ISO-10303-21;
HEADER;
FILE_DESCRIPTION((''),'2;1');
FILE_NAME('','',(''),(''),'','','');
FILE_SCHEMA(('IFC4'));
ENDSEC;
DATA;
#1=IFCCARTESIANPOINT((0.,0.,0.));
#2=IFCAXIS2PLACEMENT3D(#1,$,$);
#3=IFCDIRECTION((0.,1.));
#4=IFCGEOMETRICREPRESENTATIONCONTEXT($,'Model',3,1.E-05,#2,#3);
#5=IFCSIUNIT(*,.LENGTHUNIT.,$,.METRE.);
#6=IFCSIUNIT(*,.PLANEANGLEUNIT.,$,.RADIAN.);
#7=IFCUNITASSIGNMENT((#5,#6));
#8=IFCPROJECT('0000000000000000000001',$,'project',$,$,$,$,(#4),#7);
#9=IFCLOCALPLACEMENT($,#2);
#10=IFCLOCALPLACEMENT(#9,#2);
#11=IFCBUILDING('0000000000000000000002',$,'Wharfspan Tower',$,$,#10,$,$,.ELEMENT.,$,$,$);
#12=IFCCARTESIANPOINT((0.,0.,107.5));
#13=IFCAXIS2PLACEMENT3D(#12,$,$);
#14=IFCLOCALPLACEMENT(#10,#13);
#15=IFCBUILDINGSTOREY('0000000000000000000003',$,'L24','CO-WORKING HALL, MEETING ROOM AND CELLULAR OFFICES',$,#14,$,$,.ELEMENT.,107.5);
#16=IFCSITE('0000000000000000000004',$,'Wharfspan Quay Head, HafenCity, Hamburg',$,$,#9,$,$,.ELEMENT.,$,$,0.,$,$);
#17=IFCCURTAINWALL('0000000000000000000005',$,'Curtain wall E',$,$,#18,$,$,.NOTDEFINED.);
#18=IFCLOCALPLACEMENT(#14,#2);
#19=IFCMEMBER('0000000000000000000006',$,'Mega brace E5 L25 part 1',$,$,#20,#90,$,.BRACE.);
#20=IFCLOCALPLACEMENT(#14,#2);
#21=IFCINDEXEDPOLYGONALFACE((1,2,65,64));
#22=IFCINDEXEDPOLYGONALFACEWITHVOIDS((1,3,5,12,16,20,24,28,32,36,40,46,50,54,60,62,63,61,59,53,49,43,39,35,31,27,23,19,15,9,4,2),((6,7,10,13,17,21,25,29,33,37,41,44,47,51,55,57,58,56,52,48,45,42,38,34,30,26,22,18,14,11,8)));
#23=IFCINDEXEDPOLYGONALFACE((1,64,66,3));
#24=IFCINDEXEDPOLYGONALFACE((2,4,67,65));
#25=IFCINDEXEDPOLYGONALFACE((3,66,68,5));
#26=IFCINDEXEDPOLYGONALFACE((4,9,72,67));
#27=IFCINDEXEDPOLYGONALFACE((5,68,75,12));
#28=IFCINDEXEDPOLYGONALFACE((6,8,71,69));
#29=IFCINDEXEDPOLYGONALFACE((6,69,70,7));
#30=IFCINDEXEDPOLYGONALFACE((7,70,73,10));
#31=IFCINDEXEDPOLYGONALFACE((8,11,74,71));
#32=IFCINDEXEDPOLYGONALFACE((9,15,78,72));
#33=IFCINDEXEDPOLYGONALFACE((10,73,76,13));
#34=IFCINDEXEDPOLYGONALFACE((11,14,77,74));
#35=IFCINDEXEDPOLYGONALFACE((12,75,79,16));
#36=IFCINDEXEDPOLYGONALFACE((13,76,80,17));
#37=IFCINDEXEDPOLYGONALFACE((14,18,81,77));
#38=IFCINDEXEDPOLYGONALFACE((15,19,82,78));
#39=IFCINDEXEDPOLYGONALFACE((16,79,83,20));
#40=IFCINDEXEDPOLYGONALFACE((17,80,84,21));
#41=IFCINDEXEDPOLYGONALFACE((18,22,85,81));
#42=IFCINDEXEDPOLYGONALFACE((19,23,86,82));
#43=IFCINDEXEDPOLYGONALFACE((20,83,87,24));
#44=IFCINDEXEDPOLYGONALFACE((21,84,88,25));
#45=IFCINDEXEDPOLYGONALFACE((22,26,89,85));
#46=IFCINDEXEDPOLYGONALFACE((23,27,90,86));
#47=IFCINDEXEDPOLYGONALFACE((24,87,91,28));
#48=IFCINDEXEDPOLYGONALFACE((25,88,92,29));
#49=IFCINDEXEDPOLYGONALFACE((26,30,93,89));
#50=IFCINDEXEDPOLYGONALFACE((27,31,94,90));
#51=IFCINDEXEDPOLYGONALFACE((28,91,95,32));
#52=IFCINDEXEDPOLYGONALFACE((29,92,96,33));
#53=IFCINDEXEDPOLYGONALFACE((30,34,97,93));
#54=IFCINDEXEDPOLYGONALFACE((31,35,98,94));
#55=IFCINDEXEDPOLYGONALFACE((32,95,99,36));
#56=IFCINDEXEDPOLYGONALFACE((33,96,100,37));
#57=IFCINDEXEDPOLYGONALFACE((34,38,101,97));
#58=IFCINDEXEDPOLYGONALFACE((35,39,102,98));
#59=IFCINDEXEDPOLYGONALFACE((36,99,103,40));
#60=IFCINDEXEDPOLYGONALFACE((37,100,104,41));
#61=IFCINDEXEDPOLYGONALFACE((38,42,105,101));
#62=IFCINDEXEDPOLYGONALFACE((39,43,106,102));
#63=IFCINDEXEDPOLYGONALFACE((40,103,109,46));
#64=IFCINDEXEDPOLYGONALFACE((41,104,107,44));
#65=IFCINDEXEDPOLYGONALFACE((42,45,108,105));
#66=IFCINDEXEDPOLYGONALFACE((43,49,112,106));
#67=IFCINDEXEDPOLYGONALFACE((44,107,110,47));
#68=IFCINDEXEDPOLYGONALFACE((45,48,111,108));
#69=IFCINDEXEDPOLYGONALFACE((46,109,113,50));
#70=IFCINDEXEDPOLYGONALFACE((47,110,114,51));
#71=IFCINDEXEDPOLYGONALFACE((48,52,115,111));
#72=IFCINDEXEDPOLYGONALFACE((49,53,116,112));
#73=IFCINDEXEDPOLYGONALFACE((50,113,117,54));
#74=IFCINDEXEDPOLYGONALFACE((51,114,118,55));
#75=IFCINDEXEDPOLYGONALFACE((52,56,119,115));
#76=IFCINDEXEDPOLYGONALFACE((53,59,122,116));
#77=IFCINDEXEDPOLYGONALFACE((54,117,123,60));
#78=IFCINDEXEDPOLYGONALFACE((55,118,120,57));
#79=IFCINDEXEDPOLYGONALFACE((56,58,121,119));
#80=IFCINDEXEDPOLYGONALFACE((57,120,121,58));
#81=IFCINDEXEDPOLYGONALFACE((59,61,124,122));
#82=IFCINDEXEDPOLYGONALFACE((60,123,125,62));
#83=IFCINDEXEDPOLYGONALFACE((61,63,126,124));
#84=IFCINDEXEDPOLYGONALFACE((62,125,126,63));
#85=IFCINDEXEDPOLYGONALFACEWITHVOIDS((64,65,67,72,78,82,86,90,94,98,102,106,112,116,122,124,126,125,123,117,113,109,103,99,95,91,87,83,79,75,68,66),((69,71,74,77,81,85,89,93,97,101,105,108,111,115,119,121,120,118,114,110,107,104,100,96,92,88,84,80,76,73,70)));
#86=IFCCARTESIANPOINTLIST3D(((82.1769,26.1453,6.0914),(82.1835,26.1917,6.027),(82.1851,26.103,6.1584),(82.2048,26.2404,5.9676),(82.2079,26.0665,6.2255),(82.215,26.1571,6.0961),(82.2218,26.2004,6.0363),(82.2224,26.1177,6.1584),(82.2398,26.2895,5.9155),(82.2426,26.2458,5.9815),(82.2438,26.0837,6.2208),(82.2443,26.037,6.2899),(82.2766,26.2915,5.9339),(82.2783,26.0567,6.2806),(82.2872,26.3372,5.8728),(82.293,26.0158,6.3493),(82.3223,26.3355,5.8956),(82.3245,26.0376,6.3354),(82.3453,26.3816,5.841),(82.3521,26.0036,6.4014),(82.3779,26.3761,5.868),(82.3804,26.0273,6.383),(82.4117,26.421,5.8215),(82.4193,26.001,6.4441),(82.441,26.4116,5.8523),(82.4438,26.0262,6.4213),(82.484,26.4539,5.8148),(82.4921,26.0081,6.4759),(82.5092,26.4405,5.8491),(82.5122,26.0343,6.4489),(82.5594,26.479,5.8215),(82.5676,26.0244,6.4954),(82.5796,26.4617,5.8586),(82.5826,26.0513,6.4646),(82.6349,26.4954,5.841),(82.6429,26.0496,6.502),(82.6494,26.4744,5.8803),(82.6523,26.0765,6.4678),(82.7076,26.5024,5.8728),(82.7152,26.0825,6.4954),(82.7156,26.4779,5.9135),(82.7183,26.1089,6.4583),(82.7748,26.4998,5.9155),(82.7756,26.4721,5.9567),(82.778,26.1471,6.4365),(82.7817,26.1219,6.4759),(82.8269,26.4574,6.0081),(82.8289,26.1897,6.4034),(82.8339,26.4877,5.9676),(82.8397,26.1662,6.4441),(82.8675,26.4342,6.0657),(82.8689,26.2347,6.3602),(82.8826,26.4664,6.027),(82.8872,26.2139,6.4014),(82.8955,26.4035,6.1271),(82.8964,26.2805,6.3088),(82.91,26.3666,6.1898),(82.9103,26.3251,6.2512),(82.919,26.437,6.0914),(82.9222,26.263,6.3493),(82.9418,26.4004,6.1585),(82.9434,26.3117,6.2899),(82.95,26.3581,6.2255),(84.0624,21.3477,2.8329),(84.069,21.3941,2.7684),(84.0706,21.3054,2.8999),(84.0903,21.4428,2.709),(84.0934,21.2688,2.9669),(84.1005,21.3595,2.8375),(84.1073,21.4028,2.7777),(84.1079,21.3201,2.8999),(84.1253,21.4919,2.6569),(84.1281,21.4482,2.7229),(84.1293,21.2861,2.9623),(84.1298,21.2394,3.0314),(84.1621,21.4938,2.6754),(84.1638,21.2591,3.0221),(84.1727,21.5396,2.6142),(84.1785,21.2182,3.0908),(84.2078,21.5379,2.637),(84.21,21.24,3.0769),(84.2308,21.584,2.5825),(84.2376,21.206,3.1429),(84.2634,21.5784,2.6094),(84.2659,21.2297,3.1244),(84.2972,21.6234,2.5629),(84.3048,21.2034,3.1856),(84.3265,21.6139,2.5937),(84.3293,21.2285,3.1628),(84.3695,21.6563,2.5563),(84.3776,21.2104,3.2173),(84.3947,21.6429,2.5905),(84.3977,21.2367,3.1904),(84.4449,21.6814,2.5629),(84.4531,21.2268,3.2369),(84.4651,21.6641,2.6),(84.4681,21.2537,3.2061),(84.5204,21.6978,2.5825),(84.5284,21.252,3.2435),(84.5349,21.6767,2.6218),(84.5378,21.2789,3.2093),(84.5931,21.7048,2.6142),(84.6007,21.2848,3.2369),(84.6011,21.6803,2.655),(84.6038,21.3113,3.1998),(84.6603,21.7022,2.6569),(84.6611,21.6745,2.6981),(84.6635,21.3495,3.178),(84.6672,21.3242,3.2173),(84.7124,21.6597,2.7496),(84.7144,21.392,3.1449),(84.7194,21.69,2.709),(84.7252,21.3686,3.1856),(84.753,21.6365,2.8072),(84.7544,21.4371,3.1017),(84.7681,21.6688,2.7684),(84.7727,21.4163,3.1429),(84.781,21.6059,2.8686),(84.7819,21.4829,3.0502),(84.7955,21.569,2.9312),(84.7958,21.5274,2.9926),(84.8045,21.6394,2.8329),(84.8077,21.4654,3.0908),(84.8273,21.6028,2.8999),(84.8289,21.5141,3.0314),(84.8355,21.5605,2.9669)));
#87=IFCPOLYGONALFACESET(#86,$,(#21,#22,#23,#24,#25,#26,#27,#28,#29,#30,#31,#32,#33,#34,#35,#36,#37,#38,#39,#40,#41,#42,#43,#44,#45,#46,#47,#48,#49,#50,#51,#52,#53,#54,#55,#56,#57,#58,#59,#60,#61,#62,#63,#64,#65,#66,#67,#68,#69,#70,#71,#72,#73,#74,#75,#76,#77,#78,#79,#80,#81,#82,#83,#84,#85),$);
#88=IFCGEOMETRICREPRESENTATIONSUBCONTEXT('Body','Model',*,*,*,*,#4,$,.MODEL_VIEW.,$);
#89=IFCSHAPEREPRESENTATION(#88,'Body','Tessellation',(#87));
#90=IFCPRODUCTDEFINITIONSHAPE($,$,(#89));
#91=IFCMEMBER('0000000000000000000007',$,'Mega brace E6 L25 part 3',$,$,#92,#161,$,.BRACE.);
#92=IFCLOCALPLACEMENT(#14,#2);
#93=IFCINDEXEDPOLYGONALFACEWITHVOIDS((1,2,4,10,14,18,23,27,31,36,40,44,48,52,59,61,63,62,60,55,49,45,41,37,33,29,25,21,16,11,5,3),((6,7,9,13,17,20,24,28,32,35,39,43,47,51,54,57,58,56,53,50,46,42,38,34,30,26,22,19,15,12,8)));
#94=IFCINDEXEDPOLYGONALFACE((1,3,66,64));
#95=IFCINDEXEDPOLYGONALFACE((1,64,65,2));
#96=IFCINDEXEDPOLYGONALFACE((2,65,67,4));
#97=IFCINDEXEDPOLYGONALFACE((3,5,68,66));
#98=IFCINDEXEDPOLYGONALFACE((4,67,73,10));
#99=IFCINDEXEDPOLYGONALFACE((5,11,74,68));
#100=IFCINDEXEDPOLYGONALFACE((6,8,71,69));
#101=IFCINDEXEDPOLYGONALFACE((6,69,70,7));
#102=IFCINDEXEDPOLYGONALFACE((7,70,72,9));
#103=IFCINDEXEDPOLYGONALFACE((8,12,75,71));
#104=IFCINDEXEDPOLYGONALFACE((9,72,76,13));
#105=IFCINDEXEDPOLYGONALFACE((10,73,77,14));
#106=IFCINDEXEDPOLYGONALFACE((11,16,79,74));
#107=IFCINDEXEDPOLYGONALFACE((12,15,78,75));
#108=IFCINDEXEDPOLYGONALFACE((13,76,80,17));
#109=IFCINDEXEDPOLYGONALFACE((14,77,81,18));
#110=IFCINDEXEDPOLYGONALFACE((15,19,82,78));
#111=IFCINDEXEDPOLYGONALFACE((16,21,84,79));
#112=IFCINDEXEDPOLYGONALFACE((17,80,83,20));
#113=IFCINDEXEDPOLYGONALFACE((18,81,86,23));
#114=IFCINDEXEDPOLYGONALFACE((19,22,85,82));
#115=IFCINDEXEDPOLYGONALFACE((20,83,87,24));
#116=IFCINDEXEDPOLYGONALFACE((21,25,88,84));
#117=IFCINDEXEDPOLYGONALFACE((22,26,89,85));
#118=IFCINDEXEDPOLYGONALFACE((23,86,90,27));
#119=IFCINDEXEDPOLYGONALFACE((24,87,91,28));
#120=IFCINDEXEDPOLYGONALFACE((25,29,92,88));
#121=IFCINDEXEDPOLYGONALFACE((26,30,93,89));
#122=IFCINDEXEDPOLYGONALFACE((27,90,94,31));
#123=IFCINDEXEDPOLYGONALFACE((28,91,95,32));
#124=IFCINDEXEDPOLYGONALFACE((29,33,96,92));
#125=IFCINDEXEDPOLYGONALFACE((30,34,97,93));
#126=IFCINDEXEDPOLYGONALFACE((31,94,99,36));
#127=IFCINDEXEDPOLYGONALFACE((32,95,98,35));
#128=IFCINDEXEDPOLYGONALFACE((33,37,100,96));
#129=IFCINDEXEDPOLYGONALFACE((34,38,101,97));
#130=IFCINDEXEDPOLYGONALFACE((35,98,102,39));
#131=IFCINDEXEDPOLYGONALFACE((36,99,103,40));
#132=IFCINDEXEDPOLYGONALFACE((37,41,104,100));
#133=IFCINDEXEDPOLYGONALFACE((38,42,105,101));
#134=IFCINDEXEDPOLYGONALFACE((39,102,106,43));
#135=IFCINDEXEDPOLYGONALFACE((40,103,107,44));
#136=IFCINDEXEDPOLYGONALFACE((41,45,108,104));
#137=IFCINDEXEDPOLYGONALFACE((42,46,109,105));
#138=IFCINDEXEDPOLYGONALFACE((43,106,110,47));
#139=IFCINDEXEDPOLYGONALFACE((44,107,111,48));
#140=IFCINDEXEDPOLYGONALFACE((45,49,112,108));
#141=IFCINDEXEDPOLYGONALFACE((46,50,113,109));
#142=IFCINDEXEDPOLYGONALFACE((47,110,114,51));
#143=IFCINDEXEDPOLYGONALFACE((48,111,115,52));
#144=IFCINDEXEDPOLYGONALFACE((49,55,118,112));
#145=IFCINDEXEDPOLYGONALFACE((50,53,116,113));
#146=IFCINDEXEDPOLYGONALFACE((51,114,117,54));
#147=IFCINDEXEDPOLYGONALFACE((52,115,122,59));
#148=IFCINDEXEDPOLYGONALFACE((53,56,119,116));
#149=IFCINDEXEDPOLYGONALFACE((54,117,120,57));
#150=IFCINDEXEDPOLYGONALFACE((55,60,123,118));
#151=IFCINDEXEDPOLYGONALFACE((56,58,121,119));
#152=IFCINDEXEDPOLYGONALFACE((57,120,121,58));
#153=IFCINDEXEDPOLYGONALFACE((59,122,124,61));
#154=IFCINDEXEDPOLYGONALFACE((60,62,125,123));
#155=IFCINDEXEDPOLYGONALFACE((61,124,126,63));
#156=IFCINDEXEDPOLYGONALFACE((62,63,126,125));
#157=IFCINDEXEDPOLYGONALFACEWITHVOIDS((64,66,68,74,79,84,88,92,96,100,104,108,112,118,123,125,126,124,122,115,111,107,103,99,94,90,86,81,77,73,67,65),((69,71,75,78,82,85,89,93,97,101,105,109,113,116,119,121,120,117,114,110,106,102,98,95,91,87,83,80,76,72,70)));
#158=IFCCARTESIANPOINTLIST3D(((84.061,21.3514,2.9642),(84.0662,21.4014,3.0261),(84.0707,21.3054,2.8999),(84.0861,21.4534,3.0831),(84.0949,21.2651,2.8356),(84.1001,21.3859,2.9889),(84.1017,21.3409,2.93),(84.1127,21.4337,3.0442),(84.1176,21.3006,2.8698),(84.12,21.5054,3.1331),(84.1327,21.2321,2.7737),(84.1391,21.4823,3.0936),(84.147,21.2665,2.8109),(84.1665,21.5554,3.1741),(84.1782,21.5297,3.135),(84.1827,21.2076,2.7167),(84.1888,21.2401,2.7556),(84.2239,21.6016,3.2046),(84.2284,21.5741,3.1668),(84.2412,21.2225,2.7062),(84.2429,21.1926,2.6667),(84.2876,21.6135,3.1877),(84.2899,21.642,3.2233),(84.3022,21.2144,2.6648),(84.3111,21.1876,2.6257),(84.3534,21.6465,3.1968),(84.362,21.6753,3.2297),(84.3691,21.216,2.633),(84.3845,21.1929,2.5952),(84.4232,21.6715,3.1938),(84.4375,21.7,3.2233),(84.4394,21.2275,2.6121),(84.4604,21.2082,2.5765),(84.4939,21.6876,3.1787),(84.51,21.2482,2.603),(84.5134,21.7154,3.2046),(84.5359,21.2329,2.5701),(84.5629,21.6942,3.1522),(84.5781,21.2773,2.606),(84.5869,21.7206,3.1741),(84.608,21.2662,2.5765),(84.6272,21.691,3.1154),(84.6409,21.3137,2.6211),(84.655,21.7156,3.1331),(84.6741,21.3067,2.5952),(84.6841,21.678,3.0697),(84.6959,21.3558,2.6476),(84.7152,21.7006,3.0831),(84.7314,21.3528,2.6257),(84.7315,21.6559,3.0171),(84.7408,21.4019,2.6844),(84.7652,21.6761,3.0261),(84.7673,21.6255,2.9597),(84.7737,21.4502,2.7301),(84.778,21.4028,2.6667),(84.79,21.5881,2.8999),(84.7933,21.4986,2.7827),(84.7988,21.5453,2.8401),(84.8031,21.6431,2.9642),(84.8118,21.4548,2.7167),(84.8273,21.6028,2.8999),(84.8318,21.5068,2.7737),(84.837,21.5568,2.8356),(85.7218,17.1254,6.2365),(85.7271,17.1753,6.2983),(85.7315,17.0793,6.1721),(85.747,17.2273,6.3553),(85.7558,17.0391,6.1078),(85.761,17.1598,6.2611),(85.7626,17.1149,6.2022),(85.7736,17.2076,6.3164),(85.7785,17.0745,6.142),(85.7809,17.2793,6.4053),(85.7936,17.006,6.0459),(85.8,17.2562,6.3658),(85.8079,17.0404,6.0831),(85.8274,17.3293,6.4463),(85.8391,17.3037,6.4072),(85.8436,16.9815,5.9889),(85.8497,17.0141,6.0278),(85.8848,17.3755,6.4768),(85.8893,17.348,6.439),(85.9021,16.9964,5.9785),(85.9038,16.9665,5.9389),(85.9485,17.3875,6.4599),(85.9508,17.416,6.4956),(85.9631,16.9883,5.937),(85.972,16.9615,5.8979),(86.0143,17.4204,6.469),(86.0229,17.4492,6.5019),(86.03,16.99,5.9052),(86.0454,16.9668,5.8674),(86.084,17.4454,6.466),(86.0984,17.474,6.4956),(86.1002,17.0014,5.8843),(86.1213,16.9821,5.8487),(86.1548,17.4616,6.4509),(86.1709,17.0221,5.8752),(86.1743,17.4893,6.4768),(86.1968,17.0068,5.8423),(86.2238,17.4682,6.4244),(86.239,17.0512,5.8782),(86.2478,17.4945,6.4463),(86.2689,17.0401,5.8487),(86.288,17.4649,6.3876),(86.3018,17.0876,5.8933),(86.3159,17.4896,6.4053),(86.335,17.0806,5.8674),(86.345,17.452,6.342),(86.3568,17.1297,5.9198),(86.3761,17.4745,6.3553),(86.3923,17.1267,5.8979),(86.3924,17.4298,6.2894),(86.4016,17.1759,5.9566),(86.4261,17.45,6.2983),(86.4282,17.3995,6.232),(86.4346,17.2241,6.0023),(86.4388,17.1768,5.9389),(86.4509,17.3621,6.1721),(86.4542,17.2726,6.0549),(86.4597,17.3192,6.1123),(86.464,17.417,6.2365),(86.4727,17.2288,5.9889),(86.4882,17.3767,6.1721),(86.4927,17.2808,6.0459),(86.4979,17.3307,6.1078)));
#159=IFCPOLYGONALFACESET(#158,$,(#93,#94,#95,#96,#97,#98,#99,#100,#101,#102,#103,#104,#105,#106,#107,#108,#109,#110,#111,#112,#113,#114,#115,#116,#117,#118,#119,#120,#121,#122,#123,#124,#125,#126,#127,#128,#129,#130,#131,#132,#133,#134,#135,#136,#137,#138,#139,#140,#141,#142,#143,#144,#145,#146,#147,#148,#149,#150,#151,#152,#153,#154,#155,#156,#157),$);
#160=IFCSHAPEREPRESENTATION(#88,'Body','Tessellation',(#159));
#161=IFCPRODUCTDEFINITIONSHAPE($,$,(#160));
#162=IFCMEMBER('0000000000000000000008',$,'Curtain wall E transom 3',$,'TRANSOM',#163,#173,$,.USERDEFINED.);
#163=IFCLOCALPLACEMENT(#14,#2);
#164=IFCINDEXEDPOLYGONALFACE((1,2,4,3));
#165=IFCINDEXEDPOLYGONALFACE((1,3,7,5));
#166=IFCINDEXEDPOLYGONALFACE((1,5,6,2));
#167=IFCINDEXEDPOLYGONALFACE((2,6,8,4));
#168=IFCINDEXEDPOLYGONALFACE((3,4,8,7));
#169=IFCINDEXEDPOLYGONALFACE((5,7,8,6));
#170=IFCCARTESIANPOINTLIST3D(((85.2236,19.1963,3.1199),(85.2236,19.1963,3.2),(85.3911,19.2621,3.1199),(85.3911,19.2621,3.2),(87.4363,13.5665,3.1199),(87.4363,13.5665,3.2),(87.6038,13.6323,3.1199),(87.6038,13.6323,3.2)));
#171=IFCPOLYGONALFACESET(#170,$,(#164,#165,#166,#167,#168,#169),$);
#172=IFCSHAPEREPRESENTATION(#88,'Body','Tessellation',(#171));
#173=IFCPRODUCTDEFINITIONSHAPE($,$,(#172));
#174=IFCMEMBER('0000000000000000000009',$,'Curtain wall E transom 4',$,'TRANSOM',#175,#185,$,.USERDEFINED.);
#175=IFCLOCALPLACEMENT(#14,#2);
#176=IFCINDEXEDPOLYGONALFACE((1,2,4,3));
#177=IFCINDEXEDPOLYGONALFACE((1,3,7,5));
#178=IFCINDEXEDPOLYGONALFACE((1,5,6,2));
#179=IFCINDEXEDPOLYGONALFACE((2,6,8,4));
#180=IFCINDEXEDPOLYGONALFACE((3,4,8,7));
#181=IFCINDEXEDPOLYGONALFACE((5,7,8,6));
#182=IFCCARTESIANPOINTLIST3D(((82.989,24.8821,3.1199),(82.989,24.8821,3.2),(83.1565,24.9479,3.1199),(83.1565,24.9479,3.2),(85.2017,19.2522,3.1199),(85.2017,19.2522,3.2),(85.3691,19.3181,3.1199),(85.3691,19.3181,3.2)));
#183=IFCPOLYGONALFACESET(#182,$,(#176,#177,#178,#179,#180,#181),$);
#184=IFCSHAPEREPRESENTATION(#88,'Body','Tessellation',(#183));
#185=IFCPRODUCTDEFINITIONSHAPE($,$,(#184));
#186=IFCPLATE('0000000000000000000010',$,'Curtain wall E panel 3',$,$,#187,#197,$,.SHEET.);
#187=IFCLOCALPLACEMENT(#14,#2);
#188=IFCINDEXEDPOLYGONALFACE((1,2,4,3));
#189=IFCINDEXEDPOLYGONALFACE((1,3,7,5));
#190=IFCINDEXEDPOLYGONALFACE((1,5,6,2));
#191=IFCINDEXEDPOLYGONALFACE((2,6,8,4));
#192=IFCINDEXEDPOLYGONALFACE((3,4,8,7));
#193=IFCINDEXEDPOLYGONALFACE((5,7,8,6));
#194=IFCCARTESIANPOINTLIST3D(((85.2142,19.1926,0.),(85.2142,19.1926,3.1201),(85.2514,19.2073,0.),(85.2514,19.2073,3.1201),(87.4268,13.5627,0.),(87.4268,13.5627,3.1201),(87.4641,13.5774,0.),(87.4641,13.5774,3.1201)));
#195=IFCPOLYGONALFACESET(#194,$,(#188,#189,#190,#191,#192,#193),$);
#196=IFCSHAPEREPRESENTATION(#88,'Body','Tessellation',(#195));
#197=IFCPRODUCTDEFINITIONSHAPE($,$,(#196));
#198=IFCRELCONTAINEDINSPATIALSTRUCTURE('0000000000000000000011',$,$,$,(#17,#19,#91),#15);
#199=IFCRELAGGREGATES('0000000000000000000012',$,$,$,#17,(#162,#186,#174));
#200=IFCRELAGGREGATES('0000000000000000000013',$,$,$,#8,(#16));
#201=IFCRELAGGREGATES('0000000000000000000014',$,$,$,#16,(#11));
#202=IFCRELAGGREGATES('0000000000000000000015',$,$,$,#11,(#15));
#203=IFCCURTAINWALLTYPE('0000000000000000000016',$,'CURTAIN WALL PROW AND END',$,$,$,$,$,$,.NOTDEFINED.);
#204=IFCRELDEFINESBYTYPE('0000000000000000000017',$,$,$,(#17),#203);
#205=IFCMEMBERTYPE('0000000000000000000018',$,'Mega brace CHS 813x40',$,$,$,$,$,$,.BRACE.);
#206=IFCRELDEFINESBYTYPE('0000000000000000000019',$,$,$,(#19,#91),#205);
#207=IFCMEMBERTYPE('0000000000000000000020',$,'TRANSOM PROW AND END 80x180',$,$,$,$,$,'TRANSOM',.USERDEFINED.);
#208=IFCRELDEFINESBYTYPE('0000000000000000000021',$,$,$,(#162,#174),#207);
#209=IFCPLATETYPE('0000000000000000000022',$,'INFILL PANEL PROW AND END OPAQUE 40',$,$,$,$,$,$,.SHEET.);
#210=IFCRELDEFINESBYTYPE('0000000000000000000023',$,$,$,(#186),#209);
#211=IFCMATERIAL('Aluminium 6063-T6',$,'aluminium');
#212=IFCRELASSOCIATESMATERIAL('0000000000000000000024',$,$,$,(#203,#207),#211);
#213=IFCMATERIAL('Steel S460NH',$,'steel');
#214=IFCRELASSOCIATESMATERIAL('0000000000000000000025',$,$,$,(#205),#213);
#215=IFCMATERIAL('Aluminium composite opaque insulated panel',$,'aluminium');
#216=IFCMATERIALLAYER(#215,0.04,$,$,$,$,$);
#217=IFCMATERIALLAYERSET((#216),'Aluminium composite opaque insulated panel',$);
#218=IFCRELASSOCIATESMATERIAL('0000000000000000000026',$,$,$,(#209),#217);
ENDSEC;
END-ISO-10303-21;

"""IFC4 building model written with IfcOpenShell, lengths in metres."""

from ifc_helpers import new_model, si_unit, direction, frame, origin, origin_2d, place, context, subcontext, project, spatial, rectangle, hollow_circle, extrude, material, layer, layer_set, material_profile, profile_set, type_object, element, aggregate, save


model = new_model("IFC4")

# Units and contexts
model_context = context("Model", 3, precision=1e-05, world=origin(), true_north=direction((0.0, 1.0)))
body_context = subcontext(model_context, "Body", "Model", "MODEL_VIEW")
ifc_project = project(units=[si_unit("LENGTHUNIT", "METRE"), si_unit("PLANEANGLEUNIT", "RADIAN")], contexts=[model_context])

# Site, building, storey
site_placement = place(None, origin())
site = spatial("IfcSite", under=ifc_project, at=site_placement, Name="Wharfspan Quay Head, HafenCity, Hamburg", CompositionType="ELEMENT", RefElevation=0.0)
building_placement = place(site_placement, origin())
building = spatial("IfcBuilding", under=site, at=building_placement, Name="Wharfspan Tower", CompositionType="ELEMENT")
storey_placement = place(building_placement, frame((0.0, 0.0, 107.5)))
storey = spatial("IfcBuildingStorey", under=building, at=storey_placement, Name="L24", Description="CO-WORKING HALL, MEETING ROOM AND CELLULAR OFFICES", CompositionType="ELEMENT", Elevation=107.5)

# Curtain wall
ifc_material_1 = material(Name="Aluminium 6063-T6", Category="aluminium")
curtain_wall_type = type_object("IfcCurtainWallType", Name="CURTAIN WALL PROW AND END", PredefinedType="NOTDEFINED", material=ifc_material_1)
curtain_wall_placement = place(storey_placement, origin())
curtain_wall = element("IfcCurtainWall", 1, at=curtain_wall_placement, inside=storey, type_object=curtain_wall_type, Name="Curtain wall E", PredefinedType="NOTDEFINED")

# Members
ifc_material_2 = material(Name="Steel S460NH", Category="steel")
ifc_material_profile_1 = material_profile(ifc_material_2, hollow_circle(Radius=0.4065, WallThickness=0.04, at=origin_2d()))
ifc_profile_set_1 = profile_set([ifc_material_profile_1], Name="Steel S460NH")
member_type_1 = type_object("IfcMemberType", Name="Mega brace CHS 813x40", PredefinedType="BRACE", material=ifc_profile_set_1)
member_1_placement = place(storey_placement, frame((84.449, 21.4541, 2.8999), z_axis=(-0.30918, 0.786702, 0.534329), x_axis=(-0.930701, -0.36577, -0.000004)))
element("IfcMember", 2, at=member_1_placement, inside=storey, type_object=member_type_1, Name="Mega brace E5 L25 part 1", PredefinedType="BRACE", context=body_context, shape_type="SweptSolid", body=[
    extrude(hollow_circle(Radius=0.4065, WallThickness=0.04, at=origin_2d()), origin(), (0.0, 0.0, 1.0), 6.0984),
])
member_2_placement = place(storey_placement, frame((84.449, 21.4541, 2.8999), z_axis=(0.29675, -0.75507, 0.584645), x_axis=(0.930704, 0.365779, 0.000004)))
element("IfcMember", 3, at=member_2_placement, inside=storey, type_object=member_type_1, Name="Mega brace E6 L25 part 3", PredefinedType="BRACE", context=body_context, shape_type="SweptSolid", body=[
    extrude(hollow_circle(Radius=0.4065, WallThickness=0.04, at=origin_2d()), origin(), (0.0, 0.0, 1.0), 5.5969),
])

# Members
ifc_material_profile_2 = material_profile(ifc_material_1, rectangle(XDim=0.1799, YDim=0.0801, at=origin_2d()))
ifc_profile_set_2 = profile_set([ifc_material_profile_2], Name="Aluminium 6063-T6")
member_type_2 = type_object("IfcMemberType", Name="TRANSOM PROW AND END 80x180", ElementType="TRANSOM", PredefinedType="USERDEFINED", material=ifc_profile_set_2)
member_3_placement = place(storey_placement, frame((87.52, 13.5994, 3.1599), z_axis=(-0.365782, 0.9307, 0.0), x_axis=(-0.9307, -0.365782, 0.0)))
member_3 = element("IfcMember", 4, at=member_3_placement, type_object=member_type_2, Name="Curtain wall E transom 3", ObjectType="TRANSOM", PredefinedType="USERDEFINED", context=body_context, shape_type="SweptSolid", body=[
    extrude(rectangle(XDim=0.1799, YDim=0.0801, at=origin_2d()), origin(), (0.0, 0.0, 1.0), 6.0491),
])
member_4_placement = place(storey_placement, frame((85.2854, 19.2852, 3.1599), z_axis=(-0.365782, 0.9307, 0.0), x_axis=(-0.9307, -0.365782, 0.0)))
member_4 = element("IfcMember", 5, at=member_4_placement, type_object=member_type_2, Name="Curtain wall E transom 4", ObjectType="TRANSOM", PredefinedType="USERDEFINED", context=body_context, shape_type="SweptSolid", body=[
    extrude(rectangle(XDim=0.1799, YDim=0.0801, at=origin_2d()), origin(), (0.0, 0.0, 1.0), 6.0491),
])

# Plate
ifc_material_3 = material(Name="Aluminium composite opaque insulated panel", Category="aluminium")
ifc_layer_1 = layer(ifc_material_3, 0.04)
ifc_layer_set_1 = layer_set([ifc_layer_1], Name="Aluminium composite opaque insulated panel")
plate_type = type_object("IfcPlateType", Name="INFILL PANEL PROW AND END OPAQUE 40", PredefinedType="SHEET", material=ifc_layer_set_1)
plate_1_placement = place(storey_placement, frame((86.3391, 16.385, 0.0), z_axis=(0.0, 0.0, 1.0), x_axis=(-0.365778, 0.930702, 0.0)))
plate_1 = element("IfcPlate", 6, at=plate_1_placement, type_object=plate_type, Name="Curtain wall E panel 3", PredefinedType="SHEET", context=body_context, shape_type="SweptSolid", body=[
    extrude(rectangle(XDim=6.0491, YDim=0.04, at=origin_2d()), origin(), (0.0, 0.0, 1.0), 3.1201),
])
aggregate(curtain_wall, [member_3, plate_1, member_4])

save(model, "model.ifc")
